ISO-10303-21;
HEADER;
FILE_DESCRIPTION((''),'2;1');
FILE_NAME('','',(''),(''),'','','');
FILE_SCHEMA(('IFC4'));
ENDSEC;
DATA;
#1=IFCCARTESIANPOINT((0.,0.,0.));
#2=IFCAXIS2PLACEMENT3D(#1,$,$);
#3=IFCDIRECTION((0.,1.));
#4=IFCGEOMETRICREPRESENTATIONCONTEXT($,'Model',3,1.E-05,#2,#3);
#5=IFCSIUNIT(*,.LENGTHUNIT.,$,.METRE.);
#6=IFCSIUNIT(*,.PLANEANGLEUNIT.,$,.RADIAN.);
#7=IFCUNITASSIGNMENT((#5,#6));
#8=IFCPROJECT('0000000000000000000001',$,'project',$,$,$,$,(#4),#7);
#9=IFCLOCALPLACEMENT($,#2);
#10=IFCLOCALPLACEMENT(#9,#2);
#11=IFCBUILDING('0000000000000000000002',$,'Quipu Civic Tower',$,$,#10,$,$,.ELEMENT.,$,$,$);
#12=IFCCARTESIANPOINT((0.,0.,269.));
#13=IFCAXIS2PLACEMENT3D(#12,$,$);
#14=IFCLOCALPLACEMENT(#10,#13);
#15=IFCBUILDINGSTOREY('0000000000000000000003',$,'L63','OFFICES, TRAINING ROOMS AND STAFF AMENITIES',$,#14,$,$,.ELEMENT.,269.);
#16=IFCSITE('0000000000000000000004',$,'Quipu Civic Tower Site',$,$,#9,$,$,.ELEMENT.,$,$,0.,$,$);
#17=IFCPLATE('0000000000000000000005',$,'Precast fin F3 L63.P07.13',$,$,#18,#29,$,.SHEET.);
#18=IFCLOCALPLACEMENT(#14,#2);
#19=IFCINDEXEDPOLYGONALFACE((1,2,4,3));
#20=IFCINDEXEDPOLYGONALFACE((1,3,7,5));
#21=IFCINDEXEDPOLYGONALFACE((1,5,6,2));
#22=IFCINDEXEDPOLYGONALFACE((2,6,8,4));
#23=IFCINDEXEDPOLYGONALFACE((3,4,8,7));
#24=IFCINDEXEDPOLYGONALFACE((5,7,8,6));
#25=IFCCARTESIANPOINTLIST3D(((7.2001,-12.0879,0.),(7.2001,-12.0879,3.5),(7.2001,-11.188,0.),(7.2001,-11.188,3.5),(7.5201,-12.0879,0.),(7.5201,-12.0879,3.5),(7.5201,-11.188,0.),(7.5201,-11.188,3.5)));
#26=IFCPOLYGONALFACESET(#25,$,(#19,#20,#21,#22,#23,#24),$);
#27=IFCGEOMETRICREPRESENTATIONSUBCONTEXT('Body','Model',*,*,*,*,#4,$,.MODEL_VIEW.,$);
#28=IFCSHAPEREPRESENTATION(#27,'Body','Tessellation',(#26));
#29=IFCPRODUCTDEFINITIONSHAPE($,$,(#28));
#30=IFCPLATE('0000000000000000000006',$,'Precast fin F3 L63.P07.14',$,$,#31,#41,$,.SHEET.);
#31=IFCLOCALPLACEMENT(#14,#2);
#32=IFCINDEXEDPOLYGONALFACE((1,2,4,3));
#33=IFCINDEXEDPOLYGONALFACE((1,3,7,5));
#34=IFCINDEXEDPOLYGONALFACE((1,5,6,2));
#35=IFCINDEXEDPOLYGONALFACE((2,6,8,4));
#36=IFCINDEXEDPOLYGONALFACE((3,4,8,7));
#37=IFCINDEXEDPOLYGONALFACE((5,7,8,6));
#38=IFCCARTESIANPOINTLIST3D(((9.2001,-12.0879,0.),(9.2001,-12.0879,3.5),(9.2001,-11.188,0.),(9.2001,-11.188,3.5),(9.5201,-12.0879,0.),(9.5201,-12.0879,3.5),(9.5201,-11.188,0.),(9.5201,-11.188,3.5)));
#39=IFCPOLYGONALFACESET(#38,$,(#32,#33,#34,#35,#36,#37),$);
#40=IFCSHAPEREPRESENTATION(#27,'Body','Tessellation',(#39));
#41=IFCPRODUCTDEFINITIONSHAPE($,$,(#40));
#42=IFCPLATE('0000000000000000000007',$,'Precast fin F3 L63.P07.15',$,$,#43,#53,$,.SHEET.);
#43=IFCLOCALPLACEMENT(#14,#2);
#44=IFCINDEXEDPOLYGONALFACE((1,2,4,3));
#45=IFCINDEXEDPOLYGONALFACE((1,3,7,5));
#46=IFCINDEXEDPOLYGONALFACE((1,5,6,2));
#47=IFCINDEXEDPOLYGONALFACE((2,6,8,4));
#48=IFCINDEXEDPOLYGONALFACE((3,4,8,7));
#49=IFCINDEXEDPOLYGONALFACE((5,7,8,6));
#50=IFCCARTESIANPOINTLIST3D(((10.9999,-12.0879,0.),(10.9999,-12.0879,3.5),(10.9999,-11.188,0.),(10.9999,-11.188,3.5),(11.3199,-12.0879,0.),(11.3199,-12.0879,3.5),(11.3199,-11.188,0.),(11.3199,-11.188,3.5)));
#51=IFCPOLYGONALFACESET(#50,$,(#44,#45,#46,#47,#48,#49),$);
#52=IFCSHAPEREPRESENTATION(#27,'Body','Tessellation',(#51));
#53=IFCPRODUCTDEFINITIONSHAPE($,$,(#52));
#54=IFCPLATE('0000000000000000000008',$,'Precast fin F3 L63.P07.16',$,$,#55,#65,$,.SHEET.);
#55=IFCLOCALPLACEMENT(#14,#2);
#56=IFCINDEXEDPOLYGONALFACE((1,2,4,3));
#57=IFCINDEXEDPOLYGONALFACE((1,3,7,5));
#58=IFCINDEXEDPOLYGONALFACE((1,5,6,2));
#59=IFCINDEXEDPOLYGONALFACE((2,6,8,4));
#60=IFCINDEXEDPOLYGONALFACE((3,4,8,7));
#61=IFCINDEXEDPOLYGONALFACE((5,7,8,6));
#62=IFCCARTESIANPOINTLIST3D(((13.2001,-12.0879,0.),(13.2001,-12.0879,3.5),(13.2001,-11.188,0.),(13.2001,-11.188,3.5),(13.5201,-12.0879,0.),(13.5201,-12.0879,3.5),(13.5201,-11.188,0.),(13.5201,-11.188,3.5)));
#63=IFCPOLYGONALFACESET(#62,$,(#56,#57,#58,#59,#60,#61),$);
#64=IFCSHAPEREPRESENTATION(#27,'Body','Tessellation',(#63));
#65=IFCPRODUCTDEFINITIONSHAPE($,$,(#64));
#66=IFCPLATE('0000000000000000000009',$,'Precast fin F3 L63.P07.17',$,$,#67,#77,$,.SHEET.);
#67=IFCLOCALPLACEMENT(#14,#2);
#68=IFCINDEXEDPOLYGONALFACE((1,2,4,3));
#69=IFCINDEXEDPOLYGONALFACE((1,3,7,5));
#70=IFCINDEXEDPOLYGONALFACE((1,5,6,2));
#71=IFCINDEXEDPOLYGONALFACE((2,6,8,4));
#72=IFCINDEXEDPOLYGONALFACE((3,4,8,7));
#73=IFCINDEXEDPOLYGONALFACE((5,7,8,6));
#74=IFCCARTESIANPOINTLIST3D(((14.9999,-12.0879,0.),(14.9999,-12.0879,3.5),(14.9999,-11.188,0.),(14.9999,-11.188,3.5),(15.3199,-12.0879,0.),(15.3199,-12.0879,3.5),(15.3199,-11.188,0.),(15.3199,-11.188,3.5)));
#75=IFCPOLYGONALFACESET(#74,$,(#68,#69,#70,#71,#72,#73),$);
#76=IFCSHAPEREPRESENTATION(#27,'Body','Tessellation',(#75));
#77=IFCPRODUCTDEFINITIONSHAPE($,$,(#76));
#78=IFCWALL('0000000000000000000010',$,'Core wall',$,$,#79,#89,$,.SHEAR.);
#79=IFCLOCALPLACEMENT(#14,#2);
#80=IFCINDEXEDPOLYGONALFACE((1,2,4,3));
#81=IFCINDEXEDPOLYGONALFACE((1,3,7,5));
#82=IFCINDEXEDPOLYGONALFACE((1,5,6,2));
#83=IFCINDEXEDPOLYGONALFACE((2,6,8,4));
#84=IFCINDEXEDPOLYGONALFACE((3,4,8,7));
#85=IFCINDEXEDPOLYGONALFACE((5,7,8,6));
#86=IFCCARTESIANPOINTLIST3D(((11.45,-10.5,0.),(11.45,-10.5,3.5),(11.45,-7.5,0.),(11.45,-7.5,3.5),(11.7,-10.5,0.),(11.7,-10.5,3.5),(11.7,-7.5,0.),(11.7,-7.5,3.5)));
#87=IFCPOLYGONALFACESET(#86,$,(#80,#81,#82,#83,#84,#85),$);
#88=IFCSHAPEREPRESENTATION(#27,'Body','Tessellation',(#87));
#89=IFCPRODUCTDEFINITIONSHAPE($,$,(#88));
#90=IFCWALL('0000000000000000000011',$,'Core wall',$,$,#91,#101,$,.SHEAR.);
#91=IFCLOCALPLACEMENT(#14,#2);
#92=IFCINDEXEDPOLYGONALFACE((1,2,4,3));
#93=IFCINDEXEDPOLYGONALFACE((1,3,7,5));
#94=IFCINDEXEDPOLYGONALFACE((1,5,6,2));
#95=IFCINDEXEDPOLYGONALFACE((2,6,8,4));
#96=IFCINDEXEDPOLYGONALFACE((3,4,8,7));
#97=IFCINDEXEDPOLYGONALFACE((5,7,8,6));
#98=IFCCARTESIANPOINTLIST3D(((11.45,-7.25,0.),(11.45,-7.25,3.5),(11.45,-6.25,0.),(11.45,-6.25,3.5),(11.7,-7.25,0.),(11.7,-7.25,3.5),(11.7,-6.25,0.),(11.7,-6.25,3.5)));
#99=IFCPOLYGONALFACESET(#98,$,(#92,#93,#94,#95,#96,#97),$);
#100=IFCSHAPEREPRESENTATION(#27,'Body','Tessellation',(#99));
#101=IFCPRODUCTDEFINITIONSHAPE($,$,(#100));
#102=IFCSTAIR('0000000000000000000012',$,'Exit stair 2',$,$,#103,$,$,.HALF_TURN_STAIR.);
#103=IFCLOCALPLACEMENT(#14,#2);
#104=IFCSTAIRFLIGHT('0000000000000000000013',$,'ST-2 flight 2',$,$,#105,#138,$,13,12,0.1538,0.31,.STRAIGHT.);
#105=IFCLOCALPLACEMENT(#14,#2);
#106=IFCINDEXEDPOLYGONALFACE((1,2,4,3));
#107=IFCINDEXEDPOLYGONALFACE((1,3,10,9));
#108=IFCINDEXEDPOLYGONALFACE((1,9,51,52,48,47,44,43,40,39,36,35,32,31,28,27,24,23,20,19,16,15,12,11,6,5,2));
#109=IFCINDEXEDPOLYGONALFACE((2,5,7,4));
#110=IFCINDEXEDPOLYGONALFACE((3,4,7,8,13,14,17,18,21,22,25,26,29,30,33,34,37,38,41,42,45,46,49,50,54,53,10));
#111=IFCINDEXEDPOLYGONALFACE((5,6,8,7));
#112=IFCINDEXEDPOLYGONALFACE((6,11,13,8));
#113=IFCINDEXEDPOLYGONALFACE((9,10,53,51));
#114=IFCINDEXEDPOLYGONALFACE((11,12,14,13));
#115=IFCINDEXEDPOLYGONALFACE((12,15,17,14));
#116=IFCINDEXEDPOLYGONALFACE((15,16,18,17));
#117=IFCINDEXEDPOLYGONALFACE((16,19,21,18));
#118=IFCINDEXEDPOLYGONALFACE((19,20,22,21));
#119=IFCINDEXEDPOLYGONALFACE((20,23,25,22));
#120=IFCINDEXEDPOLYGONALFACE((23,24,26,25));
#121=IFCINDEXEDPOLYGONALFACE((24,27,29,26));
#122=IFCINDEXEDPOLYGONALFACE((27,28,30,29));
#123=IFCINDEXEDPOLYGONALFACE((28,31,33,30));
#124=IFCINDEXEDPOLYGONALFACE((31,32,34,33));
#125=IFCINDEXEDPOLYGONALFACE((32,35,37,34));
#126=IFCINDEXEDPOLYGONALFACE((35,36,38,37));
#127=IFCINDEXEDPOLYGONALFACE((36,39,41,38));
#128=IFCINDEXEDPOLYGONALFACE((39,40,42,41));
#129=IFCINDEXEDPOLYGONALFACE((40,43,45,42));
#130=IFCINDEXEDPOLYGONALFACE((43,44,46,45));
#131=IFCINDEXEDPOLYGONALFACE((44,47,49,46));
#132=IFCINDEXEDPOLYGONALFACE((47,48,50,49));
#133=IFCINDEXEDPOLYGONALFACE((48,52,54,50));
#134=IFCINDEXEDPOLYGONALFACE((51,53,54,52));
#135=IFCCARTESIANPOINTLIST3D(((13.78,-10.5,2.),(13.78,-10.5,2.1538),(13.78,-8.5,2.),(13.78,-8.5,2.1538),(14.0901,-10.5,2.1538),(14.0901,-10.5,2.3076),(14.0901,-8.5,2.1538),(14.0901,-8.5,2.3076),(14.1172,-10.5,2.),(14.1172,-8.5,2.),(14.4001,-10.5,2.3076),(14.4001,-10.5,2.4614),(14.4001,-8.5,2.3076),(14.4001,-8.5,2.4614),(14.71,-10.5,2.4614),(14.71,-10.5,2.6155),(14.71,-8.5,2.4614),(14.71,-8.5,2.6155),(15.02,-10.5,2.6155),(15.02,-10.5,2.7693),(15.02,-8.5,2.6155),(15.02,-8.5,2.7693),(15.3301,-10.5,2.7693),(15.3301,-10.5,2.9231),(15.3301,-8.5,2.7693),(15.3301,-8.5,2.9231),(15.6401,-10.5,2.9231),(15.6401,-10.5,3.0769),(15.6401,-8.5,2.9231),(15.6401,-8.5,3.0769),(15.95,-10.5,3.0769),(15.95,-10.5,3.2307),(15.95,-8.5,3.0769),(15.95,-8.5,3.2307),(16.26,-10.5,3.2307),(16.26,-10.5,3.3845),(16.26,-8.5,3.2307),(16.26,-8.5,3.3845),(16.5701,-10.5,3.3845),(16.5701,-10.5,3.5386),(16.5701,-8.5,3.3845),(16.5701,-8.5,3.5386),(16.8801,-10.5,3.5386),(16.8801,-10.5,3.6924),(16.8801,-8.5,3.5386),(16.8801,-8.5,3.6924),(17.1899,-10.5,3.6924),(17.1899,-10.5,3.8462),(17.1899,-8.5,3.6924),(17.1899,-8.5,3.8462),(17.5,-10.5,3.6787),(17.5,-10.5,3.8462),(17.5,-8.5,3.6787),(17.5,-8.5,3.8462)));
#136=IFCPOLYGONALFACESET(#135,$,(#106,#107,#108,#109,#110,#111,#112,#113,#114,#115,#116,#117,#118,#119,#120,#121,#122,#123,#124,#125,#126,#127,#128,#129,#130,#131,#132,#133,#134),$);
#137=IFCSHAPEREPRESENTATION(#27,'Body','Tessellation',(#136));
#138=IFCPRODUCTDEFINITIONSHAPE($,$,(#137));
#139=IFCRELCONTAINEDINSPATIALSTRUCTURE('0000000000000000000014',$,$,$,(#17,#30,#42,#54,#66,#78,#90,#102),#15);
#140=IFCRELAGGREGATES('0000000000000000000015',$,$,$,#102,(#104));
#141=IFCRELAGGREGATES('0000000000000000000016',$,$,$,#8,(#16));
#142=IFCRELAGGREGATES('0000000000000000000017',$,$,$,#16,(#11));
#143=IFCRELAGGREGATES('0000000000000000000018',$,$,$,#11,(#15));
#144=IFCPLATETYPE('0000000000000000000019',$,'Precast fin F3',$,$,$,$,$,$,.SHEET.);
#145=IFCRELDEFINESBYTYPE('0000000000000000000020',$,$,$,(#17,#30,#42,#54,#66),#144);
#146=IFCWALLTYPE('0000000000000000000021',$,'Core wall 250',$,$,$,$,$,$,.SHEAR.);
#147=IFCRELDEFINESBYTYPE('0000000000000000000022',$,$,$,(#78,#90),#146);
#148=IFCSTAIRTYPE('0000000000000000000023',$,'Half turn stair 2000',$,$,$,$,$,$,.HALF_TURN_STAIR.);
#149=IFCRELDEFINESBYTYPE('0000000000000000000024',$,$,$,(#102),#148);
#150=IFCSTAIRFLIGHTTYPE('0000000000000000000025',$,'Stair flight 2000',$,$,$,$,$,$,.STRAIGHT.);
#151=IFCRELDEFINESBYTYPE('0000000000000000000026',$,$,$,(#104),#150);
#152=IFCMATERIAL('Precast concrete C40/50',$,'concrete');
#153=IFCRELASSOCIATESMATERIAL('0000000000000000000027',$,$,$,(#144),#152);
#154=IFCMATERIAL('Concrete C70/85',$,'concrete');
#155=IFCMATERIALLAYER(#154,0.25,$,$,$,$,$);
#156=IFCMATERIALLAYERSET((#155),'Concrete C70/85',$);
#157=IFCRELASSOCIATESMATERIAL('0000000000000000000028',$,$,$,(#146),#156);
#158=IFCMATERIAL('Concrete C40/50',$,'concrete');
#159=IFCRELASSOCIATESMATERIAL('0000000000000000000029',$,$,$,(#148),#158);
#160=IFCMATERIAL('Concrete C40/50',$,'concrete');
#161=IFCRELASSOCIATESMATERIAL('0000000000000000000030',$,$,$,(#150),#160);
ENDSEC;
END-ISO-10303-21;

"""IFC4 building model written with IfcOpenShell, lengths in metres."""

from ifc_helpers import new_model, si_unit, direction, frame, frame_2d, origin, origin_2d, place, context, subcontext, project, spatial, polyline, rectangle, outline, extrude, material, layer, layer_set, type_object, element, aggregate, save


model = new_model("IFC4")

# Units and contexts
model_context = context("Model", 3, precision=1e-05, world=origin(), true_north=direction((0.0, 1.0)))
body_context = subcontext(model_context, "Body", "Model", "MODEL_VIEW")
ifc_project = project(units=[si_unit("LENGTHUNIT", "METRE"), si_unit("PLANEANGLEUNIT", "RADIAN")], contexts=[model_context])

# Site, building, storey
site_placement = place(None, origin())
site = spatial("IfcSite", under=ifc_project, at=site_placement, Name="Quipu Civic Tower Site", CompositionType="ELEMENT", RefElevation=0.0)
building_placement = place(site_placement, origin())
building = spatial("IfcBuilding", under=site, at=building_placement, Name="Quipu Civic Tower", CompositionType="ELEMENT")
storey_placement = place(building_placement, frame((0.0, 0.0, 269.0)))
storey = spatial("IfcBuildingStorey", under=building, at=storey_placement, Name="L63", Description="OFFICES, TRAINING ROOMS AND STAFF AMENITIES", CompositionType="ELEMENT", Elevation=269.0)

# Plates
ifc_material_1 = material(Name="Precast concrete C40/50", Category="concrete")
plate_type = type_object("IfcPlateType", Name="Precast fin F3", PredefinedType="SHEET", material=ifc_material_1)
for number, where, z_axis, x_axis, name in (
    (1, (7.3601, -11.6379, 0.0), (0.0, 0.0, 1.0), (1.0, 0.0, 0.0), "Precast fin F3 L63.P07.13"),
    (2, (9.3601, -11.6379, 0.0), (0.0, 0.0, 1.0), (1.0, 0.0, 0.0), "Precast fin F3 L63.P07.14"),
    (3, (11.1599, -11.6379, 0.0), (0.0, 0.0, 1.0), (1.0, 0.0, 0.0), "Precast fin F3 L63.P07.15"),
    (4, (13.3601, -11.6379, 0.0), (0.0, 0.0, 1.0), (1.0, 0.0, 0.0), "Precast fin F3 L63.P07.16"),
    (5, (15.1599, -11.6379, 0.0), (0.0, 0.0, 1.0), (1.0, 0.0, 0.0), "Precast fin F3 L63.P07.17"),
):
    element("IfcPlate", number, at=place(storey_placement, frame(where, z_axis=z_axis, x_axis=x_axis)), inside=storey, type_object=plate_type, Name=name, PredefinedType="SHEET", context=body_context, shape_type="SweptSolid", body=[
        extrude(rectangle(XDim=0.3201, YDim=0.8999, at=origin_2d()), origin(), (0.0, 0.0, 1.0), 3.5),
    ])

# Wall
ifc_material_2 = material(Name="Concrete C70/85", Category="concrete")
ifc_layer = layer(ifc_material_2, 0.25)
ifc_layer_set = layer_set([ifc_layer], Name="Concrete C70/85")
wall_type = type_object("IfcWallType", Name="Core wall 250", PredefinedType="SHEAR", material=ifc_layer_set)
wall_1_placement = place(storey_placement, frame((11.575, -10.5, 0.0), z_axis=(0.0, 0.0, 1.0), x_axis=(0.0, 1.0, 0.0)))
element("IfcWall", 6, at=wall_1_placement, inside=storey, type_object=wall_type, Name="Core wall", PredefinedType="SHEAR", context=body_context, shape_type="SweptSolid", body=[
    extrude(rectangle(XDim=3.0, YDim=0.25, at=frame_2d((1.5, 0.0))), origin(), (0.0, 0.0, 1.0), 3.5),
])

# Wall
wall_2_placement = place(storey_placement, frame((11.575, -7.25, 0.0), z_axis=(0.0, 0.0, 1.0), x_axis=(0.0, 1.0, 0.0)))
element("IfcWall", 7, at=wall_2_placement, inside=storey, type_object=wall_type, Name="Core wall", PredefinedType="SHEAR", context=body_context, shape_type="SweptSolid", body=[
    extrude(rectangle(XDim=1.0, YDim=0.25, at=frame_2d((0.5, 0.0))), origin(), (0.0, 0.0, 1.0), 3.5),
])

# Stair, stair flight
ifc_material_3 = material(Name="Concrete C40/50", Category="concrete")
stair_type = type_object("IfcStairType", Name="Half turn stair 2000", PredefinedType="HALF_TURN_STAIR", material=ifc_material_3)
stair_placement = place(storey_placement, origin())
stair = element("IfcStair", 8, at=stair_placement, inside=storey, type_object=stair_type, Name="Exit stair 2", PredefinedType="HALF_TURN_STAIR")
ifc_material_4 = material(Name="Concrete C40/50", Category="concrete")
stair_flight_type = type_object("IfcStairFlightType", Name="Stair flight 2000", PredefinedType="STRAIGHT", material=ifc_material_4)
stair_flight_placement = place(storey_placement, frame((13.78, -9.5, 2.0), z_axis=(0.0, 0.0, 1.0), x_axis=(1.0, 0.0, 0.0)))
stair_flight = element("IfcStairFlight", 9, at=stair_flight_placement, type_object=stair_flight_type, Name="ST-2 flight 2", NumberOfRisers=13, NumberOfTreads=12, PredefinedType="STRAIGHT", RiserHeight=0.1538, TreadLength=0.31, context=body_context, shape_type="SweptSolid", body=[
    extrude(outline(polyline([(0.0, 0.0), (0.0, 0.1538), (0.3101, 0.1538), (0.3101, 0.3076), (0.6201, 0.3076), (0.6201, 0.4614), (0.9299, 0.4614), (0.9299, 0.6155), (1.24, 0.6155), (1.24, 0.7693), (1.55, 0.7693), (1.55, 0.9231), (1.8601, 0.9231), (1.8601, 1.0769), (2.1699, 1.0769), (2.1699, 1.2307), (2.48, 1.2307), (2.48, 1.3845), (2.79, 1.3845), (2.79, 1.5386), (3.1001, 1.5386), (3.1001, 1.6924), (3.4099, 1.6924), (3.4099, 1.8462), (3.72, 1.8462), (3.72, 2.0), (3.72, 1.6787), (0.3372, 0.0), (0.0, 0.0)])), frame((0.0, 1.0, 0.0), z_axis=(0.0, -1.0, 0.0), x_axis=(1.0, 0.0, 0.0)), (0.0, 0.0, 1.0), 2.0),
])
aggregate(stair, [stair_flight])

save(model, "model.ifc")
